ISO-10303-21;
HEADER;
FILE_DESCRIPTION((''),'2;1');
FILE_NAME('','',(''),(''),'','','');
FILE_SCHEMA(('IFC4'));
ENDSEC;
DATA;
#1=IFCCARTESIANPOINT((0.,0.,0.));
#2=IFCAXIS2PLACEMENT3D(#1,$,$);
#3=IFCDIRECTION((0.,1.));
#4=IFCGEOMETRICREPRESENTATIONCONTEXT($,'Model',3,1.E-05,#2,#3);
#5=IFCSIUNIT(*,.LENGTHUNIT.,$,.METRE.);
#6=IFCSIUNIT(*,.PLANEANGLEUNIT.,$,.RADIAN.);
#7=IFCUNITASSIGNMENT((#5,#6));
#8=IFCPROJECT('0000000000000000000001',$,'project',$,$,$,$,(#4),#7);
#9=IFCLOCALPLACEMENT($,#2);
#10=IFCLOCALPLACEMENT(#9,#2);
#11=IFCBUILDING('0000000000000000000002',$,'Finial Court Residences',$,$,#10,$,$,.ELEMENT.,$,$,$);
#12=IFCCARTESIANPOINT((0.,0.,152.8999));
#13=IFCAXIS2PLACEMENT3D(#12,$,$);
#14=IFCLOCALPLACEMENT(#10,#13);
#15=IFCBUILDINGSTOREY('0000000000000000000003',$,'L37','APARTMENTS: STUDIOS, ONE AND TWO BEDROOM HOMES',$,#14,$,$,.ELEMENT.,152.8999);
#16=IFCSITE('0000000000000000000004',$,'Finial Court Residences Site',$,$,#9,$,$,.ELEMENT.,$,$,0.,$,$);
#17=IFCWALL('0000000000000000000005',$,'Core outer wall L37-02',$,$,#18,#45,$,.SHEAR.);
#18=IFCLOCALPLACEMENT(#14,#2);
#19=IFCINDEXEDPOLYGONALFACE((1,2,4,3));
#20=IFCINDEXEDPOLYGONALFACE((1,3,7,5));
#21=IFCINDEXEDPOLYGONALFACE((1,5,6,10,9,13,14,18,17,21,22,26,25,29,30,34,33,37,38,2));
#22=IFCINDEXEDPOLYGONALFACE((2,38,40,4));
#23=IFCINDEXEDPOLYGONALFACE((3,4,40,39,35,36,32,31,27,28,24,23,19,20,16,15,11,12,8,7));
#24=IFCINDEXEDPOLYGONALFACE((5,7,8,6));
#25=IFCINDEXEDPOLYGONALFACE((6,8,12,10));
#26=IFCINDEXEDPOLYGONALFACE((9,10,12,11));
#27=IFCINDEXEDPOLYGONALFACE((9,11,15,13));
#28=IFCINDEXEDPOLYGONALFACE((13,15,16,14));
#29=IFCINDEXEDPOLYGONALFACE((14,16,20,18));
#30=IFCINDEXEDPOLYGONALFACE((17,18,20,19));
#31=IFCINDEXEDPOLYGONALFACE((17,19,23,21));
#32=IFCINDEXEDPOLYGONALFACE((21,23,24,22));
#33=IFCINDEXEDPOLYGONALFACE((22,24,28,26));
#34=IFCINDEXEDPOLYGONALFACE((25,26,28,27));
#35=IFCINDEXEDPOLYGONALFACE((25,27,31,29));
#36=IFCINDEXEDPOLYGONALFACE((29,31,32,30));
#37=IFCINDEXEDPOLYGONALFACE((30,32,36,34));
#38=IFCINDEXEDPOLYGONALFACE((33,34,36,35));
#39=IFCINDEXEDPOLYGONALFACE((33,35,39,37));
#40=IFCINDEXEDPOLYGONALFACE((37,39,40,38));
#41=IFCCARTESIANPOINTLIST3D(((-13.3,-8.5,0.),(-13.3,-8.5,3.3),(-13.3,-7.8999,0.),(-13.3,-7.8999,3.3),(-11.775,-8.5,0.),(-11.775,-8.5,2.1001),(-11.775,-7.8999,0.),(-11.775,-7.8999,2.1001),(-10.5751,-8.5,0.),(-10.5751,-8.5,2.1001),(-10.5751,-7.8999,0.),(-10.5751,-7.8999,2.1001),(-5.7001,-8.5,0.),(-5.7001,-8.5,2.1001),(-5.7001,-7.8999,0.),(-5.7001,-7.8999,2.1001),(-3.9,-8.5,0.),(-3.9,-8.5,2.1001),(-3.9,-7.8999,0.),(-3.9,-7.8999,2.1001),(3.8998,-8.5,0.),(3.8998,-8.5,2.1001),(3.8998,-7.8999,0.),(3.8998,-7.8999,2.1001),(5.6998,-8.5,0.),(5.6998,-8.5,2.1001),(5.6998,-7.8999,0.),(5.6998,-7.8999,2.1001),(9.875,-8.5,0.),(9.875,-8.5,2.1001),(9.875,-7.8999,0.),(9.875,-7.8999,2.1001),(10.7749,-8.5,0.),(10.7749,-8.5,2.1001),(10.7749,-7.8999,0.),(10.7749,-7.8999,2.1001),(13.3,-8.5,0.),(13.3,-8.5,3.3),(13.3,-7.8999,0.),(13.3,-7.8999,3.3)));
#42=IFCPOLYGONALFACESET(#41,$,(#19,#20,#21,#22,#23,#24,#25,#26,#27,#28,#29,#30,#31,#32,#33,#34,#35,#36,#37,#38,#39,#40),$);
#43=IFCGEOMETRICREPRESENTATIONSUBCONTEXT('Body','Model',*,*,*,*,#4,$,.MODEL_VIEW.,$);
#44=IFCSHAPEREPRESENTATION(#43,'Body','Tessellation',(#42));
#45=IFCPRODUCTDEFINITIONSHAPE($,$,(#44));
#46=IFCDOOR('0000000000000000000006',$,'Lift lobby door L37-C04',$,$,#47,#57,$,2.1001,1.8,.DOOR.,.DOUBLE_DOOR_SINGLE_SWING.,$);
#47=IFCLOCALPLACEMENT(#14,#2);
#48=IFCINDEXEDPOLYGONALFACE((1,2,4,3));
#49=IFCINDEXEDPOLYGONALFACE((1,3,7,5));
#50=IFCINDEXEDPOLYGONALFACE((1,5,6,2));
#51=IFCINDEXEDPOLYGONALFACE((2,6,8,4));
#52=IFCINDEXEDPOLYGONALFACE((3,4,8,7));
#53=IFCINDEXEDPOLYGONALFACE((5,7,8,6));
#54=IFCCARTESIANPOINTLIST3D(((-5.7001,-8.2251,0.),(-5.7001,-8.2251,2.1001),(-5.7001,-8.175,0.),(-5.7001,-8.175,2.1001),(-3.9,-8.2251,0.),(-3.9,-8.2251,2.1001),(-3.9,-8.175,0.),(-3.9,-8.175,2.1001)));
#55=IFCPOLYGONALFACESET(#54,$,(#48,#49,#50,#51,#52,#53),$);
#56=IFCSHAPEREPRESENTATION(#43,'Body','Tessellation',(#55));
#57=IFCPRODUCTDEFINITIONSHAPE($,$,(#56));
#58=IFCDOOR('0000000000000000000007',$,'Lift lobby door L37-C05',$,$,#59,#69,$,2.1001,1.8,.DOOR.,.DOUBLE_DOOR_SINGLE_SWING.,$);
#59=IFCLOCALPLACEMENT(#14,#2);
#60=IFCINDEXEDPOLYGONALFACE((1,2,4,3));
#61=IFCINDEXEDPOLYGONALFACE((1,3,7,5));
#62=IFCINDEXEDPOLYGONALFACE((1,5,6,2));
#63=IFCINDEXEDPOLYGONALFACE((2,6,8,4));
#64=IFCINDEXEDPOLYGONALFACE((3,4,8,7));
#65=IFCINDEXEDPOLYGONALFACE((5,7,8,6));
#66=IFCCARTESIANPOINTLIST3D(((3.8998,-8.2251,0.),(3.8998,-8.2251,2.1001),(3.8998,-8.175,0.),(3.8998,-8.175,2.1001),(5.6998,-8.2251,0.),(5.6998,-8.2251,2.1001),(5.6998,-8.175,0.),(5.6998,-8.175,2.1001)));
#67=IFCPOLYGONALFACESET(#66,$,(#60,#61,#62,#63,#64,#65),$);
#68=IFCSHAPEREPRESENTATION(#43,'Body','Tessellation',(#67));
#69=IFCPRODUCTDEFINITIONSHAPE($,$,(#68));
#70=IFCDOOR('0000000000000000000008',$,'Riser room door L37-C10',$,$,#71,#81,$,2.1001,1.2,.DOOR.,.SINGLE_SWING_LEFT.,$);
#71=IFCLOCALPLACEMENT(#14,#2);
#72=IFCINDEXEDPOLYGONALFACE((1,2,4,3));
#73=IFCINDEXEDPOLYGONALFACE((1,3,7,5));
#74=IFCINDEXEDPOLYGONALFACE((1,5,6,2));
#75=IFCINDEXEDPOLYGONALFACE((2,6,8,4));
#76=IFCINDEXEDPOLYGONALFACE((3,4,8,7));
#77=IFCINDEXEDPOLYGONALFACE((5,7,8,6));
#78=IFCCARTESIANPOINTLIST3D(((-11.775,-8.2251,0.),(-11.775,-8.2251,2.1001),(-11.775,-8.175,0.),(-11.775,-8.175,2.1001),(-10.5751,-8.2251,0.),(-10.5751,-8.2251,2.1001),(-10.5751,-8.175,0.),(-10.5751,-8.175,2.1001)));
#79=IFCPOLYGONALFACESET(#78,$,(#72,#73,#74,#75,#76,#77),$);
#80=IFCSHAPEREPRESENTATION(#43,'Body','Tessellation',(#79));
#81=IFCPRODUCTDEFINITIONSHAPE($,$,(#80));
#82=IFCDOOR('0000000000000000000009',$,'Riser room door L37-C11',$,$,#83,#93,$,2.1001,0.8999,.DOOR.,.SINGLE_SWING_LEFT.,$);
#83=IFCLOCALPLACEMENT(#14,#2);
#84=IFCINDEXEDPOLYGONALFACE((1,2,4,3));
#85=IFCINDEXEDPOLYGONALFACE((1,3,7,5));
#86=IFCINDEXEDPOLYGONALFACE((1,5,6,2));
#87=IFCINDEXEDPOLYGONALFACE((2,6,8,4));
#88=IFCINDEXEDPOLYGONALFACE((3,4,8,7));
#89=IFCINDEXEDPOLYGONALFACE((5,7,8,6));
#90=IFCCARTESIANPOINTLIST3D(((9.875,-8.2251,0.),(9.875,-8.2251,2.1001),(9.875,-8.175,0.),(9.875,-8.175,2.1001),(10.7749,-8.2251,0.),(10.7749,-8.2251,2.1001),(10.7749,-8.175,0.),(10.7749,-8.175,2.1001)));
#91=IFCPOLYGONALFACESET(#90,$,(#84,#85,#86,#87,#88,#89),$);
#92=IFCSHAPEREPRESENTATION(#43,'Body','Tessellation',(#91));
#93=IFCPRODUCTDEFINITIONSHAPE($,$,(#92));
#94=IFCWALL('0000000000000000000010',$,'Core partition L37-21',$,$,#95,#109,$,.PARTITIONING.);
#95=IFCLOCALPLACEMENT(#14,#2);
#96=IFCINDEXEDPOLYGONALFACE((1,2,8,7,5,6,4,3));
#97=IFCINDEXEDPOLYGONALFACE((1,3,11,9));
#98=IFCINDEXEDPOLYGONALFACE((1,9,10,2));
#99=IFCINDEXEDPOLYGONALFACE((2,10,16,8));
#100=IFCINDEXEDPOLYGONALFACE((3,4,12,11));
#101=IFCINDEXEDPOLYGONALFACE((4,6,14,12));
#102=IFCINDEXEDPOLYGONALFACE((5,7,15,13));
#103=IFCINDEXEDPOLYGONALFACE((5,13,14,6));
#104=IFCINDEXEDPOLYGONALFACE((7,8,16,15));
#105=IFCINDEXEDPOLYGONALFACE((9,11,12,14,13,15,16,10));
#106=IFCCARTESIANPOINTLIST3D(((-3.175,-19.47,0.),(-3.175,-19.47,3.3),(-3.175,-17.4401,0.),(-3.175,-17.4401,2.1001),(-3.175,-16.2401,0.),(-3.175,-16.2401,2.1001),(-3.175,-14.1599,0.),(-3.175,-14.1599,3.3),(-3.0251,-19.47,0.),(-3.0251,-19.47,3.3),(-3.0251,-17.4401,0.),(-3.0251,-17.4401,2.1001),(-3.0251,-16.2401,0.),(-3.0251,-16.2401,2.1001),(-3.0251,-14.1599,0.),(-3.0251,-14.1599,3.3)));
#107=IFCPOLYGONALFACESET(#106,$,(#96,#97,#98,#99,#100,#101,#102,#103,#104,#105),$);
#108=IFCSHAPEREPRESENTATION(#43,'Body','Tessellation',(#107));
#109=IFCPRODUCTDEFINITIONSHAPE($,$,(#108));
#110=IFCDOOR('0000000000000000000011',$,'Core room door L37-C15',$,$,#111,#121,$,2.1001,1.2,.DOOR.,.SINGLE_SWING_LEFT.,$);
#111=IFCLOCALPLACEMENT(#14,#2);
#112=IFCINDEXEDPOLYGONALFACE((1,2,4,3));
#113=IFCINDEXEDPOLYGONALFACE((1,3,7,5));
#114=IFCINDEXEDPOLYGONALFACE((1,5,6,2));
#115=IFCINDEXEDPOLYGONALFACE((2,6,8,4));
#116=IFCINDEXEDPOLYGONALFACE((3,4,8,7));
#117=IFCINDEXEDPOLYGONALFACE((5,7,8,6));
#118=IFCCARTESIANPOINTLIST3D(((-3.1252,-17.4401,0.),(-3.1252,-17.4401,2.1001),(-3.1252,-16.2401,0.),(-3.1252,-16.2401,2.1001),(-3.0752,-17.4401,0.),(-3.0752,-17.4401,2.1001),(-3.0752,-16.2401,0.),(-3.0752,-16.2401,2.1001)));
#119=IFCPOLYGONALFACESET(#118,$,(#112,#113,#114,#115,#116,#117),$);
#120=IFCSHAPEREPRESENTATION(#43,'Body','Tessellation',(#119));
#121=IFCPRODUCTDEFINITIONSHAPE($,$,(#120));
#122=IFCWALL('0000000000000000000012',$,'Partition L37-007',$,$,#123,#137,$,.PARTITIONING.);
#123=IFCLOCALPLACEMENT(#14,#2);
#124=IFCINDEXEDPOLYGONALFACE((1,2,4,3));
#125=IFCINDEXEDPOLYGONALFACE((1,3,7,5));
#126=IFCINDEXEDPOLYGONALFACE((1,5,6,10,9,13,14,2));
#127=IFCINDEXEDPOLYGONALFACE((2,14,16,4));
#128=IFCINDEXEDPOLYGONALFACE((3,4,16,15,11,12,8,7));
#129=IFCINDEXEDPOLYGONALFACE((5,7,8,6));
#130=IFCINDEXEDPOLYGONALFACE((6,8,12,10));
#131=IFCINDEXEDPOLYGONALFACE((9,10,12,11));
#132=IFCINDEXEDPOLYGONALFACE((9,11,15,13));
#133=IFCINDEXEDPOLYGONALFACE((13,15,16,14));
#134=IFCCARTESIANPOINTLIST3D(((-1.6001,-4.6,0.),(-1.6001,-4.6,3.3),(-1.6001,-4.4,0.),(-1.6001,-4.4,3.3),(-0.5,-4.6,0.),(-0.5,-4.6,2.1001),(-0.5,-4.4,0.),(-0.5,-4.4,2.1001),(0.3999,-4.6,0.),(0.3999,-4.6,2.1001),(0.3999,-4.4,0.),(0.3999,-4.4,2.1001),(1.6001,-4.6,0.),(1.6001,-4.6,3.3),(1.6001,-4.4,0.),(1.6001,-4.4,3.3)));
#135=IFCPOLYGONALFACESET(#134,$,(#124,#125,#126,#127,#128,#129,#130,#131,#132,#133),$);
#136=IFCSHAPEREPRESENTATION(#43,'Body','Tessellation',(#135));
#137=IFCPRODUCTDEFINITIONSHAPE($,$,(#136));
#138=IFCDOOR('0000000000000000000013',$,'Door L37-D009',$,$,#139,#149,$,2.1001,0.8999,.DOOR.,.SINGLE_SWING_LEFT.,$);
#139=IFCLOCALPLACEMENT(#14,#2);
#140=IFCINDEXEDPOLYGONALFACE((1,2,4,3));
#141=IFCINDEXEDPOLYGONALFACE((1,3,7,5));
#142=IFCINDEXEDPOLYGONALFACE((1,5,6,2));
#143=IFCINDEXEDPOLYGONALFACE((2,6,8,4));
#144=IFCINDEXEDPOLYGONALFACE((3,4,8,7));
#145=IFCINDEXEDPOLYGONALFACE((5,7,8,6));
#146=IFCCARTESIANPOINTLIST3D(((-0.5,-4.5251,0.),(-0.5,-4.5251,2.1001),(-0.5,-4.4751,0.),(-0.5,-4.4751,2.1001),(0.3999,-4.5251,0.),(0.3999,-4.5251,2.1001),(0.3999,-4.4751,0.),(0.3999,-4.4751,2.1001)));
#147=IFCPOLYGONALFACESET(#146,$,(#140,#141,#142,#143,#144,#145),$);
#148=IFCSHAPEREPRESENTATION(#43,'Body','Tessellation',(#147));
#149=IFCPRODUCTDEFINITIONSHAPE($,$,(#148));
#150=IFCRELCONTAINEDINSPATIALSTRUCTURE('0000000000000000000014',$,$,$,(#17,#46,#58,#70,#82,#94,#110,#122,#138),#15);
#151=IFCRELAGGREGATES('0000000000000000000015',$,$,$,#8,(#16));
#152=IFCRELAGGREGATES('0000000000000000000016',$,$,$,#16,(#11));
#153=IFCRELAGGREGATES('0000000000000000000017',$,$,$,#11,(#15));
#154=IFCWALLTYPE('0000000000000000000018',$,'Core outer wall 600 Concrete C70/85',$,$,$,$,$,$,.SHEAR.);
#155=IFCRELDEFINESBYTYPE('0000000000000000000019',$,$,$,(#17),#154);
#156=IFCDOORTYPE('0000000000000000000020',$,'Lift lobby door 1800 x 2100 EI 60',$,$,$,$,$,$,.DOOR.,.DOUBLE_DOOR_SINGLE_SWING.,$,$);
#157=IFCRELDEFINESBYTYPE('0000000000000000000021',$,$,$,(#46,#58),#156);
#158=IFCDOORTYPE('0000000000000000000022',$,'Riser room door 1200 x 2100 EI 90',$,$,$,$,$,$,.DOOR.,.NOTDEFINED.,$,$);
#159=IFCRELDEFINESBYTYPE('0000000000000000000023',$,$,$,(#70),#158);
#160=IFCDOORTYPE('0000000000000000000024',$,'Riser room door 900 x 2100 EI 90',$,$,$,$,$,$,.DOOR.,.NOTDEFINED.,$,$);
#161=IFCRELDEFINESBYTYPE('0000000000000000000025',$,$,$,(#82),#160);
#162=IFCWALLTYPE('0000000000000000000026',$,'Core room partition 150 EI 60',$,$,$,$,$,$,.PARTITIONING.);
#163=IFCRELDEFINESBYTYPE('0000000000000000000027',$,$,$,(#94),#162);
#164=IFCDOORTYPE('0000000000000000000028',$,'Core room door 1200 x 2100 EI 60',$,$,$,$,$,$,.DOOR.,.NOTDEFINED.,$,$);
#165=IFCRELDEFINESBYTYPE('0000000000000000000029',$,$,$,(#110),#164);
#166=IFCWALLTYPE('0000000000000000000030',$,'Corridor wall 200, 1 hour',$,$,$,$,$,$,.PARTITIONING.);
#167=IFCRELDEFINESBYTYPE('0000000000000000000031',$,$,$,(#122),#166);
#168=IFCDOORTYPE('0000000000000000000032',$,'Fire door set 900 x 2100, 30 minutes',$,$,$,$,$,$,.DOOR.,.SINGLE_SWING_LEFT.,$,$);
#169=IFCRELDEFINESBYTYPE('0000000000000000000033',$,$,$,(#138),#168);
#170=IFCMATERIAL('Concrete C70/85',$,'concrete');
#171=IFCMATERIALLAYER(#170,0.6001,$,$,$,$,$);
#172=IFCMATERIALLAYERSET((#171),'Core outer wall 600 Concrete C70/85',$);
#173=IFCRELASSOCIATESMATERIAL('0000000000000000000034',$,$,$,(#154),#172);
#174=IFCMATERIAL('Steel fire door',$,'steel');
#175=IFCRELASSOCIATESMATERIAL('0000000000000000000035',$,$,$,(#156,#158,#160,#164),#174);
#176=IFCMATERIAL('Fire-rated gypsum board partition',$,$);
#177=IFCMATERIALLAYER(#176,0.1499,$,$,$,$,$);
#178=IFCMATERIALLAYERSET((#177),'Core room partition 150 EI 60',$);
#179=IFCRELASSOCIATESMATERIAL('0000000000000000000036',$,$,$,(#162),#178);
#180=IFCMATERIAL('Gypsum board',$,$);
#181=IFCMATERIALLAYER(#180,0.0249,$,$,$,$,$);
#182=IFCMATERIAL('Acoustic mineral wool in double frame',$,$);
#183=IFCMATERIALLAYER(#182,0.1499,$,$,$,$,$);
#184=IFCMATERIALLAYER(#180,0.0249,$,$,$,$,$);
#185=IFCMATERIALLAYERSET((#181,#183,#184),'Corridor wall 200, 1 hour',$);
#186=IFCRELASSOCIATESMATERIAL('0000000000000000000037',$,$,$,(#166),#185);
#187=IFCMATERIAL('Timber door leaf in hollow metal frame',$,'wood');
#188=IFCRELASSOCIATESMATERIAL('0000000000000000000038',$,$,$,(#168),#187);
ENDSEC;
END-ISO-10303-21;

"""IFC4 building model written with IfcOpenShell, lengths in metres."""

from ifc_helpers import new_model, si_unit, direction, frame, frame_2d, origin, place, context, subcontext, project, spatial, rectangle, extrude, material, layer, layer_set, type_object, element, fill, save


model = new_model("IFC4")

# Units and contexts
model_context = context("Model", 3, precision=1e-05, world=origin(), true_north=direction((0.0, 1.0)))
body_context = subcontext(model_context, "Body", "Model", "MODEL_VIEW")
ifc_project = project(units=[si_unit("LENGTHUNIT", "METRE"), si_unit("PLANEANGLEUNIT", "RADIAN")], contexts=[model_context])

# Site, building, storey
site_placement = place(None, origin())
site = spatial("IfcSite", under=ifc_project, at=site_placement, Name="Finial Court Residences Site", CompositionType="ELEMENT", RefElevation=0.0)
building_placement = place(site_placement, origin())
building = spatial("IfcBuilding", under=site, at=building_placement, Name="Finial Court Residences", CompositionType="ELEMENT")
storey_placement = place(building_placement, frame((0.0, 0.0, 152.8999)))
storey = spatial("IfcBuildingStorey", under=building, at=storey_placement, Name="L37", Description="APARTMENTS: STUDIOS, ONE AND TWO BEDROOM HOMES", CompositionType="ELEMENT", Elevation=152.8999)

# Wall, openings, doors
ifc_material_1 = material(Name="Concrete C70/85", Category="concrete")
ifc_layer_1 = layer(ifc_material_1, 0.6001)
ifc_layer_set_1 = layer_set([ifc_layer_1], Name="Core outer wall 600 Concrete C70/85")
wall_type_1 = type_object("IfcWallType", Name="Core outer wall 600 Concrete C70/85", PredefinedType="SHEAR", material=ifc_layer_set_1)
wall_1_placement = place(storey_placement, frame((-13.3, -8.2, 0.0), z_axis=(0.0, 0.0, 1.0), x_axis=(1.0, 0.0, 0.0)))
wall_1 = element("IfcWall", 1, at=wall_1_placement, inside=storey, type_object=wall_type_1, Name="Core outer wall L37-02", PredefinedType="SHEAR", context=body_context, shape_type="SweptSolid", body=[
    extrude(rectangle(XDim=26.6001, YDim=0.6001, at=frame_2d((13.3, 0.0))), origin(), (0.0, 0.0, 1.0), 3.3),
])
opening_1_placement = place(wall_1_placement, frame((7.6001, 0.0, 0.0)))
opening_1 = element("IfcOpeningElement", 2, at=opening_1_placement, cuts=wall_1, PredefinedType="OPENING", context=body_context, shape_type="SweptSolid", body=[
    extrude(rectangle(XDim=1.8, YDim=2.1001, at=frame_2d((0.8999, 1.05))), frame((0.0, 0.3101, 0.0), z_axis=(0.0, -1.0, 0.0), x_axis=(1.0, 0.0, 0.0)), (0.0, 0.0, 1.0), 0.6201),
])
opening_2_placement = place(wall_1_placement, frame((17.2, 0.0, 0.0)))
opening_2 = element("IfcOpeningElement", 3, at=opening_2_placement, cuts=wall_1, PredefinedType="OPENING", context=body_context, shape_type="SweptSolid", body=[
    extrude(rectangle(XDim=1.8, YDim=2.1001, at=frame_2d((0.8999, 1.05))), frame((0.0, 0.3101, 0.0), z_axis=(0.0, -1.0, 0.0), x_axis=(1.0, 0.0, 0.0)), (0.0, 0.0, 1.0), 0.6201),
])
opening_3_placement = place(wall_1_placement, frame((1.5249, 0.0, 0.0)))
opening_3 = element("IfcOpeningElement", 4, at=opening_3_placement, cuts=wall_1, PredefinedType="OPENING", context=body_context, shape_type="SweptSolid", body=[
    extrude(rectangle(XDim=1.2, YDim=2.1001, at=frame_2d((0.6001, 1.05))), frame((0.0, 0.3101, 0.0), z_axis=(0.0, -1.0, 0.0), x_axis=(1.0, 0.0, 0.0)), (0.0, 0.0, 1.0), 0.6201),
])
opening_4_placement = place(wall_1_placement, frame((23.175, 0.0, 0.0)))
opening_4 = element("IfcOpeningElement", 5, at=opening_4_placement, cuts=wall_1, PredefinedType="OPENING", context=body_context, shape_type="SweptSolid", body=[
    extrude(rectangle(XDim=0.8999, YDim=2.1001, at=frame_2d((0.45, 1.05))), frame((0.0, 0.3101, 0.0), z_axis=(0.0, -1.0, 0.0), x_axis=(1.0, 0.0, 0.0)), (0.0, 0.0, 1.0), 0.6201),
])
ifc_material_2 = material(Name="Steel fire door", Category="steel")
door_type_1 = type_object("IfcDoorType", Name="Lift lobby door 1800 x 2100 EI 60", OperationType="DOUBLE_DOOR_SINGLE_SWING", PredefinedType="DOOR", material=ifc_material_2)
door_1_placement = place(opening_1_placement, origin())
door_1 = element("IfcDoor", 6, at=door_1_placement, inside=storey, type_object=door_type_1, Name="Lift lobby door L37-C04", OperationType="DOUBLE_DOOR_SINGLE_SWING", OverallHeight=2.1001, OverallWidth=1.8, PredefinedType="DOOR", context=body_context, shape_type="SweptSolid", body=[
    extrude(rectangle(XDim=1.8, YDim=2.1001, at=frame_2d((0.8999, 1.05))), frame((0.0, 0.0249, 0.0), z_axis=(0.0, -1.0, 0.0), x_axis=(1.0, 0.0, 0.0)), (0.0, 0.0, 1.0), 0.05),
])
fill(opening_1, door_1)
door_2_placement = place(opening_2_placement, origin())
door_2 = element("IfcDoor", 7, at=door_2_placement, inside=storey, type_object=door_type_1, Name="Lift lobby door L37-C05", OperationType="DOUBLE_DOOR_SINGLE_SWING", OverallHeight=2.1001, OverallWidth=1.8, PredefinedType="DOOR", context=body_context, shape_type="SweptSolid", body=[
    extrude(rectangle(XDim=1.8, YDim=2.1001, at=frame_2d((0.8999, 1.05))), frame((0.0, 0.0249, 0.0), z_axis=(0.0, -1.0, 0.0), x_axis=(1.0, 0.0, 0.0)), (0.0, 0.0, 1.0), 0.05),
])
fill(opening_2, door_2)
door_type_2 = type_object("IfcDoorType", Name="Riser room door 1200 x 2100 EI 90", OperationType="NOTDEFINED", PredefinedType="DOOR", material=ifc_material_2)
door_3_placement = place(opening_3_placement, origin())
door_3 = element("IfcDoor", 8, at=door_3_placement, inside=storey, type_object=door_type_2, Name="Riser room door L37-C10", OperationType="SINGLE_SWING_LEFT", OverallHeight=2.1001, OverallWidth=1.2, PredefinedType="DOOR", context=body_context, shape_type="SweptSolid", body=[
    extrude(rectangle(XDim=1.2, YDim=2.1001, at=frame_2d((0.6001, 1.05))), frame((0.0, 0.0249, 0.0), z_axis=(0.0, -1.0, 0.0), x_axis=(1.0, 0.0, 0.0)), (0.0, 0.0, 1.0), 0.05),
])
fill(opening_3, door_3)
door_type_3 = type_object("IfcDoorType", Name="Riser room door 900 x 2100 EI 90", OperationType="NOTDEFINED", PredefinedType="DOOR", material=ifc_material_2)
door_4_placement = place(opening_4_placement, origin())
door_4 = element("IfcDoor", 9, at=door_4_placement, inside=storey, type_object=door_type_3, Name="Riser room door L37-C11", OperationType="SINGLE_SWING_LEFT", OverallHeight=2.1001, OverallWidth=0.8999, PredefinedType="DOOR", context=body_context, shape_type="SweptSolid", body=[
    extrude(rectangle(XDim=0.8999, YDim=2.1001, at=frame_2d((0.45, 1.05))), frame((0.0, 0.0249, 0.0), z_axis=(0.0, -1.0, 0.0), x_axis=(1.0, 0.0, 0.0)), (0.0, 0.0, 1.0), 0.05),
])
fill(opening_4, door_4)

# Walls, openings, doors
ifc_material_3 = material(Name="Fire-rated gypsum board partition")
ifc_layer_2 = layer(ifc_material_3, 0.1499)
ifc_layer_set_2 = layer_set([ifc_layer_2], Name="Core room partition 150 EI 60")
wall_type_2 = type_object("IfcWallType", Name="Core room partition 150 EI 60", PredefinedType="PARTITIONING", material=ifc_layer_set_2)
wall_2_placement = place(storey_placement, frame((-3.1001, -14.1599, 0.0), z_axis=(0.0, 0.0, 1.0), x_axis=(0.0, -1.0, 0.0)))
wall_2 = element("IfcWall", 10, at=wall_2_placement, inside=storey, type_object=wall_type_2, Name="Core partition L37-21", PredefinedType="PARTITIONING", context=body_context, shape_type="SweptSolid", body=[
    extrude(rectangle(XDim=5.3101, YDim=0.1499, at=frame_2d((2.655, 0.0))), origin(), (0.0, 0.0, 1.0), 3.3),
])
opening_5_placement = place(wall_2_placement, frame((2.0801, 0.0, 0.0)))
opening_5 = element("IfcOpeningElement", 11, at=opening_5_placement, cuts=wall_2, PredefinedType="OPENING", context=body_context, shape_type="SweptSolid", body=[
    extrude(rectangle(XDim=1.2, YDim=2.1001, at=frame_2d((0.6001, 1.05))), frame((0.0, 0.085, 0.0), z_axis=(0.0, -1.0, 0.0), x_axis=(1.0, 0.0, 0.0)), (0.0, 0.0, 1.0), 0.1699),
])
door_type_4 = type_object("IfcDoorType", Name="Core room door 1200 x 2100 EI 60", OperationType="NOTDEFINED", PredefinedType="DOOR", material=ifc_material_2)
door_5_placement = place(opening_5_placement, origin())
door_5 = element("IfcDoor", 12, at=door_5_placement, inside=storey, type_object=door_type_4, Name="Core room door L37-C15", OperationType="SINGLE_SWING_LEFT", OverallHeight=2.1001, OverallWidth=1.2, PredefinedType="DOOR", context=body_context, shape_type="SweptSolid", body=[
    extrude(rectangle(XDim=1.2, YDim=2.1001, at=frame_2d((0.6001, 1.05))), frame((0.0, 0.0249, 0.0), z_axis=(0.0, -1.0, 0.0), x_axis=(1.0, 0.0, 0.0)), (0.0, 0.0, 1.0), 0.05),
])
fill(opening_5, door_5)
ifc_material_4 = material(Name="Gypsum board")
ifc_layer_3 = layer(ifc_material_4, 0.0249)
ifc_material_5 = material(Name="Acoustic mineral wool in double frame")
ifc_layer_4 = layer(ifc_material_5, 0.1499)
ifc_layer_5 = layer(ifc_material_4, 0.0249)
ifc_layer_set_3 = layer_set([ifc_layer_3, ifc_layer_4, ifc_layer_5], Name="Corridor wall 200, 1 hour")
wall_type_3 = type_object("IfcWallType", Name="Corridor wall 200, 1 hour", PredefinedType="PARTITIONING", material=ifc_layer_set_3)
wall_3_placement = place(storey_placement, frame((-1.6001, -4.5, 0.0), z_axis=(0.0, 0.0, 1.0), x_axis=(1.0, 0.0, 0.0)))
wall_3 = element("IfcWall", 13, at=wall_3_placement, inside=storey, type_object=wall_type_3, Name="Partition L37-007", PredefinedType="PARTITIONING", context=body_context, shape_type="SweptSolid", body=[
    extrude(rectangle(XDim=3.2002, YDim=0.2, at=frame_2d((1.6001, 0.0))), origin(), (0.0, 0.0, 1.0), 3.3),
])
opening_6_placement = place(wall_3_placement, frame((1.1001, 0.0, 0.0)))
opening_6 = element("IfcOpeningElement", 14, at=opening_6_placement, cuts=wall_3, PredefinedType="OPENING", context=body_context, shape_type="SweptSolid", body=[
    extrude(rectangle(XDim=0.8999, YDim=2.1001, at=frame_2d((0.45, 1.05))), frame((0.0, 0.1099, 0.0), z_axis=(0.0, -1.0, 0.0), x_axis=(1.0, 0.0, 0.0)), (0.0, 0.0, 1.0), 0.22),
])
ifc_material_6 = material(Name="Timber door leaf in hollow metal frame", Category="wood")
door_type_5 = type_object("IfcDoorType", Name="Fire door set 900 x 2100, 30 minutes", OperationType="SINGLE_SWING_LEFT", PredefinedType="DOOR", material=ifc_material_6)
door_6_placement = place(opening_6_placement, origin())
door_6 = element("IfcDoor", 15, at=door_6_placement, inside=storey, type_object=door_type_5, Name="Door L37-D009", OperationType="SINGLE_SWING_LEFT", OverallHeight=2.1001, OverallWidth=0.8999, PredefinedType="DOOR", context=body_context, shape_type="SweptSolid", body=[
    extrude(rectangle(XDim=0.8999, YDim=2.1001, at=frame_2d((0.45, 1.05))), frame((0.0, 0.0249, 0.0), z_axis=(0.0, -1.0, 0.0), x_axis=(1.0, 0.0, 0.0)), (0.0, 0.0, 1.0), 0.05),
])
fill(opening_6, door_6)

save(model, "model.ifc")
